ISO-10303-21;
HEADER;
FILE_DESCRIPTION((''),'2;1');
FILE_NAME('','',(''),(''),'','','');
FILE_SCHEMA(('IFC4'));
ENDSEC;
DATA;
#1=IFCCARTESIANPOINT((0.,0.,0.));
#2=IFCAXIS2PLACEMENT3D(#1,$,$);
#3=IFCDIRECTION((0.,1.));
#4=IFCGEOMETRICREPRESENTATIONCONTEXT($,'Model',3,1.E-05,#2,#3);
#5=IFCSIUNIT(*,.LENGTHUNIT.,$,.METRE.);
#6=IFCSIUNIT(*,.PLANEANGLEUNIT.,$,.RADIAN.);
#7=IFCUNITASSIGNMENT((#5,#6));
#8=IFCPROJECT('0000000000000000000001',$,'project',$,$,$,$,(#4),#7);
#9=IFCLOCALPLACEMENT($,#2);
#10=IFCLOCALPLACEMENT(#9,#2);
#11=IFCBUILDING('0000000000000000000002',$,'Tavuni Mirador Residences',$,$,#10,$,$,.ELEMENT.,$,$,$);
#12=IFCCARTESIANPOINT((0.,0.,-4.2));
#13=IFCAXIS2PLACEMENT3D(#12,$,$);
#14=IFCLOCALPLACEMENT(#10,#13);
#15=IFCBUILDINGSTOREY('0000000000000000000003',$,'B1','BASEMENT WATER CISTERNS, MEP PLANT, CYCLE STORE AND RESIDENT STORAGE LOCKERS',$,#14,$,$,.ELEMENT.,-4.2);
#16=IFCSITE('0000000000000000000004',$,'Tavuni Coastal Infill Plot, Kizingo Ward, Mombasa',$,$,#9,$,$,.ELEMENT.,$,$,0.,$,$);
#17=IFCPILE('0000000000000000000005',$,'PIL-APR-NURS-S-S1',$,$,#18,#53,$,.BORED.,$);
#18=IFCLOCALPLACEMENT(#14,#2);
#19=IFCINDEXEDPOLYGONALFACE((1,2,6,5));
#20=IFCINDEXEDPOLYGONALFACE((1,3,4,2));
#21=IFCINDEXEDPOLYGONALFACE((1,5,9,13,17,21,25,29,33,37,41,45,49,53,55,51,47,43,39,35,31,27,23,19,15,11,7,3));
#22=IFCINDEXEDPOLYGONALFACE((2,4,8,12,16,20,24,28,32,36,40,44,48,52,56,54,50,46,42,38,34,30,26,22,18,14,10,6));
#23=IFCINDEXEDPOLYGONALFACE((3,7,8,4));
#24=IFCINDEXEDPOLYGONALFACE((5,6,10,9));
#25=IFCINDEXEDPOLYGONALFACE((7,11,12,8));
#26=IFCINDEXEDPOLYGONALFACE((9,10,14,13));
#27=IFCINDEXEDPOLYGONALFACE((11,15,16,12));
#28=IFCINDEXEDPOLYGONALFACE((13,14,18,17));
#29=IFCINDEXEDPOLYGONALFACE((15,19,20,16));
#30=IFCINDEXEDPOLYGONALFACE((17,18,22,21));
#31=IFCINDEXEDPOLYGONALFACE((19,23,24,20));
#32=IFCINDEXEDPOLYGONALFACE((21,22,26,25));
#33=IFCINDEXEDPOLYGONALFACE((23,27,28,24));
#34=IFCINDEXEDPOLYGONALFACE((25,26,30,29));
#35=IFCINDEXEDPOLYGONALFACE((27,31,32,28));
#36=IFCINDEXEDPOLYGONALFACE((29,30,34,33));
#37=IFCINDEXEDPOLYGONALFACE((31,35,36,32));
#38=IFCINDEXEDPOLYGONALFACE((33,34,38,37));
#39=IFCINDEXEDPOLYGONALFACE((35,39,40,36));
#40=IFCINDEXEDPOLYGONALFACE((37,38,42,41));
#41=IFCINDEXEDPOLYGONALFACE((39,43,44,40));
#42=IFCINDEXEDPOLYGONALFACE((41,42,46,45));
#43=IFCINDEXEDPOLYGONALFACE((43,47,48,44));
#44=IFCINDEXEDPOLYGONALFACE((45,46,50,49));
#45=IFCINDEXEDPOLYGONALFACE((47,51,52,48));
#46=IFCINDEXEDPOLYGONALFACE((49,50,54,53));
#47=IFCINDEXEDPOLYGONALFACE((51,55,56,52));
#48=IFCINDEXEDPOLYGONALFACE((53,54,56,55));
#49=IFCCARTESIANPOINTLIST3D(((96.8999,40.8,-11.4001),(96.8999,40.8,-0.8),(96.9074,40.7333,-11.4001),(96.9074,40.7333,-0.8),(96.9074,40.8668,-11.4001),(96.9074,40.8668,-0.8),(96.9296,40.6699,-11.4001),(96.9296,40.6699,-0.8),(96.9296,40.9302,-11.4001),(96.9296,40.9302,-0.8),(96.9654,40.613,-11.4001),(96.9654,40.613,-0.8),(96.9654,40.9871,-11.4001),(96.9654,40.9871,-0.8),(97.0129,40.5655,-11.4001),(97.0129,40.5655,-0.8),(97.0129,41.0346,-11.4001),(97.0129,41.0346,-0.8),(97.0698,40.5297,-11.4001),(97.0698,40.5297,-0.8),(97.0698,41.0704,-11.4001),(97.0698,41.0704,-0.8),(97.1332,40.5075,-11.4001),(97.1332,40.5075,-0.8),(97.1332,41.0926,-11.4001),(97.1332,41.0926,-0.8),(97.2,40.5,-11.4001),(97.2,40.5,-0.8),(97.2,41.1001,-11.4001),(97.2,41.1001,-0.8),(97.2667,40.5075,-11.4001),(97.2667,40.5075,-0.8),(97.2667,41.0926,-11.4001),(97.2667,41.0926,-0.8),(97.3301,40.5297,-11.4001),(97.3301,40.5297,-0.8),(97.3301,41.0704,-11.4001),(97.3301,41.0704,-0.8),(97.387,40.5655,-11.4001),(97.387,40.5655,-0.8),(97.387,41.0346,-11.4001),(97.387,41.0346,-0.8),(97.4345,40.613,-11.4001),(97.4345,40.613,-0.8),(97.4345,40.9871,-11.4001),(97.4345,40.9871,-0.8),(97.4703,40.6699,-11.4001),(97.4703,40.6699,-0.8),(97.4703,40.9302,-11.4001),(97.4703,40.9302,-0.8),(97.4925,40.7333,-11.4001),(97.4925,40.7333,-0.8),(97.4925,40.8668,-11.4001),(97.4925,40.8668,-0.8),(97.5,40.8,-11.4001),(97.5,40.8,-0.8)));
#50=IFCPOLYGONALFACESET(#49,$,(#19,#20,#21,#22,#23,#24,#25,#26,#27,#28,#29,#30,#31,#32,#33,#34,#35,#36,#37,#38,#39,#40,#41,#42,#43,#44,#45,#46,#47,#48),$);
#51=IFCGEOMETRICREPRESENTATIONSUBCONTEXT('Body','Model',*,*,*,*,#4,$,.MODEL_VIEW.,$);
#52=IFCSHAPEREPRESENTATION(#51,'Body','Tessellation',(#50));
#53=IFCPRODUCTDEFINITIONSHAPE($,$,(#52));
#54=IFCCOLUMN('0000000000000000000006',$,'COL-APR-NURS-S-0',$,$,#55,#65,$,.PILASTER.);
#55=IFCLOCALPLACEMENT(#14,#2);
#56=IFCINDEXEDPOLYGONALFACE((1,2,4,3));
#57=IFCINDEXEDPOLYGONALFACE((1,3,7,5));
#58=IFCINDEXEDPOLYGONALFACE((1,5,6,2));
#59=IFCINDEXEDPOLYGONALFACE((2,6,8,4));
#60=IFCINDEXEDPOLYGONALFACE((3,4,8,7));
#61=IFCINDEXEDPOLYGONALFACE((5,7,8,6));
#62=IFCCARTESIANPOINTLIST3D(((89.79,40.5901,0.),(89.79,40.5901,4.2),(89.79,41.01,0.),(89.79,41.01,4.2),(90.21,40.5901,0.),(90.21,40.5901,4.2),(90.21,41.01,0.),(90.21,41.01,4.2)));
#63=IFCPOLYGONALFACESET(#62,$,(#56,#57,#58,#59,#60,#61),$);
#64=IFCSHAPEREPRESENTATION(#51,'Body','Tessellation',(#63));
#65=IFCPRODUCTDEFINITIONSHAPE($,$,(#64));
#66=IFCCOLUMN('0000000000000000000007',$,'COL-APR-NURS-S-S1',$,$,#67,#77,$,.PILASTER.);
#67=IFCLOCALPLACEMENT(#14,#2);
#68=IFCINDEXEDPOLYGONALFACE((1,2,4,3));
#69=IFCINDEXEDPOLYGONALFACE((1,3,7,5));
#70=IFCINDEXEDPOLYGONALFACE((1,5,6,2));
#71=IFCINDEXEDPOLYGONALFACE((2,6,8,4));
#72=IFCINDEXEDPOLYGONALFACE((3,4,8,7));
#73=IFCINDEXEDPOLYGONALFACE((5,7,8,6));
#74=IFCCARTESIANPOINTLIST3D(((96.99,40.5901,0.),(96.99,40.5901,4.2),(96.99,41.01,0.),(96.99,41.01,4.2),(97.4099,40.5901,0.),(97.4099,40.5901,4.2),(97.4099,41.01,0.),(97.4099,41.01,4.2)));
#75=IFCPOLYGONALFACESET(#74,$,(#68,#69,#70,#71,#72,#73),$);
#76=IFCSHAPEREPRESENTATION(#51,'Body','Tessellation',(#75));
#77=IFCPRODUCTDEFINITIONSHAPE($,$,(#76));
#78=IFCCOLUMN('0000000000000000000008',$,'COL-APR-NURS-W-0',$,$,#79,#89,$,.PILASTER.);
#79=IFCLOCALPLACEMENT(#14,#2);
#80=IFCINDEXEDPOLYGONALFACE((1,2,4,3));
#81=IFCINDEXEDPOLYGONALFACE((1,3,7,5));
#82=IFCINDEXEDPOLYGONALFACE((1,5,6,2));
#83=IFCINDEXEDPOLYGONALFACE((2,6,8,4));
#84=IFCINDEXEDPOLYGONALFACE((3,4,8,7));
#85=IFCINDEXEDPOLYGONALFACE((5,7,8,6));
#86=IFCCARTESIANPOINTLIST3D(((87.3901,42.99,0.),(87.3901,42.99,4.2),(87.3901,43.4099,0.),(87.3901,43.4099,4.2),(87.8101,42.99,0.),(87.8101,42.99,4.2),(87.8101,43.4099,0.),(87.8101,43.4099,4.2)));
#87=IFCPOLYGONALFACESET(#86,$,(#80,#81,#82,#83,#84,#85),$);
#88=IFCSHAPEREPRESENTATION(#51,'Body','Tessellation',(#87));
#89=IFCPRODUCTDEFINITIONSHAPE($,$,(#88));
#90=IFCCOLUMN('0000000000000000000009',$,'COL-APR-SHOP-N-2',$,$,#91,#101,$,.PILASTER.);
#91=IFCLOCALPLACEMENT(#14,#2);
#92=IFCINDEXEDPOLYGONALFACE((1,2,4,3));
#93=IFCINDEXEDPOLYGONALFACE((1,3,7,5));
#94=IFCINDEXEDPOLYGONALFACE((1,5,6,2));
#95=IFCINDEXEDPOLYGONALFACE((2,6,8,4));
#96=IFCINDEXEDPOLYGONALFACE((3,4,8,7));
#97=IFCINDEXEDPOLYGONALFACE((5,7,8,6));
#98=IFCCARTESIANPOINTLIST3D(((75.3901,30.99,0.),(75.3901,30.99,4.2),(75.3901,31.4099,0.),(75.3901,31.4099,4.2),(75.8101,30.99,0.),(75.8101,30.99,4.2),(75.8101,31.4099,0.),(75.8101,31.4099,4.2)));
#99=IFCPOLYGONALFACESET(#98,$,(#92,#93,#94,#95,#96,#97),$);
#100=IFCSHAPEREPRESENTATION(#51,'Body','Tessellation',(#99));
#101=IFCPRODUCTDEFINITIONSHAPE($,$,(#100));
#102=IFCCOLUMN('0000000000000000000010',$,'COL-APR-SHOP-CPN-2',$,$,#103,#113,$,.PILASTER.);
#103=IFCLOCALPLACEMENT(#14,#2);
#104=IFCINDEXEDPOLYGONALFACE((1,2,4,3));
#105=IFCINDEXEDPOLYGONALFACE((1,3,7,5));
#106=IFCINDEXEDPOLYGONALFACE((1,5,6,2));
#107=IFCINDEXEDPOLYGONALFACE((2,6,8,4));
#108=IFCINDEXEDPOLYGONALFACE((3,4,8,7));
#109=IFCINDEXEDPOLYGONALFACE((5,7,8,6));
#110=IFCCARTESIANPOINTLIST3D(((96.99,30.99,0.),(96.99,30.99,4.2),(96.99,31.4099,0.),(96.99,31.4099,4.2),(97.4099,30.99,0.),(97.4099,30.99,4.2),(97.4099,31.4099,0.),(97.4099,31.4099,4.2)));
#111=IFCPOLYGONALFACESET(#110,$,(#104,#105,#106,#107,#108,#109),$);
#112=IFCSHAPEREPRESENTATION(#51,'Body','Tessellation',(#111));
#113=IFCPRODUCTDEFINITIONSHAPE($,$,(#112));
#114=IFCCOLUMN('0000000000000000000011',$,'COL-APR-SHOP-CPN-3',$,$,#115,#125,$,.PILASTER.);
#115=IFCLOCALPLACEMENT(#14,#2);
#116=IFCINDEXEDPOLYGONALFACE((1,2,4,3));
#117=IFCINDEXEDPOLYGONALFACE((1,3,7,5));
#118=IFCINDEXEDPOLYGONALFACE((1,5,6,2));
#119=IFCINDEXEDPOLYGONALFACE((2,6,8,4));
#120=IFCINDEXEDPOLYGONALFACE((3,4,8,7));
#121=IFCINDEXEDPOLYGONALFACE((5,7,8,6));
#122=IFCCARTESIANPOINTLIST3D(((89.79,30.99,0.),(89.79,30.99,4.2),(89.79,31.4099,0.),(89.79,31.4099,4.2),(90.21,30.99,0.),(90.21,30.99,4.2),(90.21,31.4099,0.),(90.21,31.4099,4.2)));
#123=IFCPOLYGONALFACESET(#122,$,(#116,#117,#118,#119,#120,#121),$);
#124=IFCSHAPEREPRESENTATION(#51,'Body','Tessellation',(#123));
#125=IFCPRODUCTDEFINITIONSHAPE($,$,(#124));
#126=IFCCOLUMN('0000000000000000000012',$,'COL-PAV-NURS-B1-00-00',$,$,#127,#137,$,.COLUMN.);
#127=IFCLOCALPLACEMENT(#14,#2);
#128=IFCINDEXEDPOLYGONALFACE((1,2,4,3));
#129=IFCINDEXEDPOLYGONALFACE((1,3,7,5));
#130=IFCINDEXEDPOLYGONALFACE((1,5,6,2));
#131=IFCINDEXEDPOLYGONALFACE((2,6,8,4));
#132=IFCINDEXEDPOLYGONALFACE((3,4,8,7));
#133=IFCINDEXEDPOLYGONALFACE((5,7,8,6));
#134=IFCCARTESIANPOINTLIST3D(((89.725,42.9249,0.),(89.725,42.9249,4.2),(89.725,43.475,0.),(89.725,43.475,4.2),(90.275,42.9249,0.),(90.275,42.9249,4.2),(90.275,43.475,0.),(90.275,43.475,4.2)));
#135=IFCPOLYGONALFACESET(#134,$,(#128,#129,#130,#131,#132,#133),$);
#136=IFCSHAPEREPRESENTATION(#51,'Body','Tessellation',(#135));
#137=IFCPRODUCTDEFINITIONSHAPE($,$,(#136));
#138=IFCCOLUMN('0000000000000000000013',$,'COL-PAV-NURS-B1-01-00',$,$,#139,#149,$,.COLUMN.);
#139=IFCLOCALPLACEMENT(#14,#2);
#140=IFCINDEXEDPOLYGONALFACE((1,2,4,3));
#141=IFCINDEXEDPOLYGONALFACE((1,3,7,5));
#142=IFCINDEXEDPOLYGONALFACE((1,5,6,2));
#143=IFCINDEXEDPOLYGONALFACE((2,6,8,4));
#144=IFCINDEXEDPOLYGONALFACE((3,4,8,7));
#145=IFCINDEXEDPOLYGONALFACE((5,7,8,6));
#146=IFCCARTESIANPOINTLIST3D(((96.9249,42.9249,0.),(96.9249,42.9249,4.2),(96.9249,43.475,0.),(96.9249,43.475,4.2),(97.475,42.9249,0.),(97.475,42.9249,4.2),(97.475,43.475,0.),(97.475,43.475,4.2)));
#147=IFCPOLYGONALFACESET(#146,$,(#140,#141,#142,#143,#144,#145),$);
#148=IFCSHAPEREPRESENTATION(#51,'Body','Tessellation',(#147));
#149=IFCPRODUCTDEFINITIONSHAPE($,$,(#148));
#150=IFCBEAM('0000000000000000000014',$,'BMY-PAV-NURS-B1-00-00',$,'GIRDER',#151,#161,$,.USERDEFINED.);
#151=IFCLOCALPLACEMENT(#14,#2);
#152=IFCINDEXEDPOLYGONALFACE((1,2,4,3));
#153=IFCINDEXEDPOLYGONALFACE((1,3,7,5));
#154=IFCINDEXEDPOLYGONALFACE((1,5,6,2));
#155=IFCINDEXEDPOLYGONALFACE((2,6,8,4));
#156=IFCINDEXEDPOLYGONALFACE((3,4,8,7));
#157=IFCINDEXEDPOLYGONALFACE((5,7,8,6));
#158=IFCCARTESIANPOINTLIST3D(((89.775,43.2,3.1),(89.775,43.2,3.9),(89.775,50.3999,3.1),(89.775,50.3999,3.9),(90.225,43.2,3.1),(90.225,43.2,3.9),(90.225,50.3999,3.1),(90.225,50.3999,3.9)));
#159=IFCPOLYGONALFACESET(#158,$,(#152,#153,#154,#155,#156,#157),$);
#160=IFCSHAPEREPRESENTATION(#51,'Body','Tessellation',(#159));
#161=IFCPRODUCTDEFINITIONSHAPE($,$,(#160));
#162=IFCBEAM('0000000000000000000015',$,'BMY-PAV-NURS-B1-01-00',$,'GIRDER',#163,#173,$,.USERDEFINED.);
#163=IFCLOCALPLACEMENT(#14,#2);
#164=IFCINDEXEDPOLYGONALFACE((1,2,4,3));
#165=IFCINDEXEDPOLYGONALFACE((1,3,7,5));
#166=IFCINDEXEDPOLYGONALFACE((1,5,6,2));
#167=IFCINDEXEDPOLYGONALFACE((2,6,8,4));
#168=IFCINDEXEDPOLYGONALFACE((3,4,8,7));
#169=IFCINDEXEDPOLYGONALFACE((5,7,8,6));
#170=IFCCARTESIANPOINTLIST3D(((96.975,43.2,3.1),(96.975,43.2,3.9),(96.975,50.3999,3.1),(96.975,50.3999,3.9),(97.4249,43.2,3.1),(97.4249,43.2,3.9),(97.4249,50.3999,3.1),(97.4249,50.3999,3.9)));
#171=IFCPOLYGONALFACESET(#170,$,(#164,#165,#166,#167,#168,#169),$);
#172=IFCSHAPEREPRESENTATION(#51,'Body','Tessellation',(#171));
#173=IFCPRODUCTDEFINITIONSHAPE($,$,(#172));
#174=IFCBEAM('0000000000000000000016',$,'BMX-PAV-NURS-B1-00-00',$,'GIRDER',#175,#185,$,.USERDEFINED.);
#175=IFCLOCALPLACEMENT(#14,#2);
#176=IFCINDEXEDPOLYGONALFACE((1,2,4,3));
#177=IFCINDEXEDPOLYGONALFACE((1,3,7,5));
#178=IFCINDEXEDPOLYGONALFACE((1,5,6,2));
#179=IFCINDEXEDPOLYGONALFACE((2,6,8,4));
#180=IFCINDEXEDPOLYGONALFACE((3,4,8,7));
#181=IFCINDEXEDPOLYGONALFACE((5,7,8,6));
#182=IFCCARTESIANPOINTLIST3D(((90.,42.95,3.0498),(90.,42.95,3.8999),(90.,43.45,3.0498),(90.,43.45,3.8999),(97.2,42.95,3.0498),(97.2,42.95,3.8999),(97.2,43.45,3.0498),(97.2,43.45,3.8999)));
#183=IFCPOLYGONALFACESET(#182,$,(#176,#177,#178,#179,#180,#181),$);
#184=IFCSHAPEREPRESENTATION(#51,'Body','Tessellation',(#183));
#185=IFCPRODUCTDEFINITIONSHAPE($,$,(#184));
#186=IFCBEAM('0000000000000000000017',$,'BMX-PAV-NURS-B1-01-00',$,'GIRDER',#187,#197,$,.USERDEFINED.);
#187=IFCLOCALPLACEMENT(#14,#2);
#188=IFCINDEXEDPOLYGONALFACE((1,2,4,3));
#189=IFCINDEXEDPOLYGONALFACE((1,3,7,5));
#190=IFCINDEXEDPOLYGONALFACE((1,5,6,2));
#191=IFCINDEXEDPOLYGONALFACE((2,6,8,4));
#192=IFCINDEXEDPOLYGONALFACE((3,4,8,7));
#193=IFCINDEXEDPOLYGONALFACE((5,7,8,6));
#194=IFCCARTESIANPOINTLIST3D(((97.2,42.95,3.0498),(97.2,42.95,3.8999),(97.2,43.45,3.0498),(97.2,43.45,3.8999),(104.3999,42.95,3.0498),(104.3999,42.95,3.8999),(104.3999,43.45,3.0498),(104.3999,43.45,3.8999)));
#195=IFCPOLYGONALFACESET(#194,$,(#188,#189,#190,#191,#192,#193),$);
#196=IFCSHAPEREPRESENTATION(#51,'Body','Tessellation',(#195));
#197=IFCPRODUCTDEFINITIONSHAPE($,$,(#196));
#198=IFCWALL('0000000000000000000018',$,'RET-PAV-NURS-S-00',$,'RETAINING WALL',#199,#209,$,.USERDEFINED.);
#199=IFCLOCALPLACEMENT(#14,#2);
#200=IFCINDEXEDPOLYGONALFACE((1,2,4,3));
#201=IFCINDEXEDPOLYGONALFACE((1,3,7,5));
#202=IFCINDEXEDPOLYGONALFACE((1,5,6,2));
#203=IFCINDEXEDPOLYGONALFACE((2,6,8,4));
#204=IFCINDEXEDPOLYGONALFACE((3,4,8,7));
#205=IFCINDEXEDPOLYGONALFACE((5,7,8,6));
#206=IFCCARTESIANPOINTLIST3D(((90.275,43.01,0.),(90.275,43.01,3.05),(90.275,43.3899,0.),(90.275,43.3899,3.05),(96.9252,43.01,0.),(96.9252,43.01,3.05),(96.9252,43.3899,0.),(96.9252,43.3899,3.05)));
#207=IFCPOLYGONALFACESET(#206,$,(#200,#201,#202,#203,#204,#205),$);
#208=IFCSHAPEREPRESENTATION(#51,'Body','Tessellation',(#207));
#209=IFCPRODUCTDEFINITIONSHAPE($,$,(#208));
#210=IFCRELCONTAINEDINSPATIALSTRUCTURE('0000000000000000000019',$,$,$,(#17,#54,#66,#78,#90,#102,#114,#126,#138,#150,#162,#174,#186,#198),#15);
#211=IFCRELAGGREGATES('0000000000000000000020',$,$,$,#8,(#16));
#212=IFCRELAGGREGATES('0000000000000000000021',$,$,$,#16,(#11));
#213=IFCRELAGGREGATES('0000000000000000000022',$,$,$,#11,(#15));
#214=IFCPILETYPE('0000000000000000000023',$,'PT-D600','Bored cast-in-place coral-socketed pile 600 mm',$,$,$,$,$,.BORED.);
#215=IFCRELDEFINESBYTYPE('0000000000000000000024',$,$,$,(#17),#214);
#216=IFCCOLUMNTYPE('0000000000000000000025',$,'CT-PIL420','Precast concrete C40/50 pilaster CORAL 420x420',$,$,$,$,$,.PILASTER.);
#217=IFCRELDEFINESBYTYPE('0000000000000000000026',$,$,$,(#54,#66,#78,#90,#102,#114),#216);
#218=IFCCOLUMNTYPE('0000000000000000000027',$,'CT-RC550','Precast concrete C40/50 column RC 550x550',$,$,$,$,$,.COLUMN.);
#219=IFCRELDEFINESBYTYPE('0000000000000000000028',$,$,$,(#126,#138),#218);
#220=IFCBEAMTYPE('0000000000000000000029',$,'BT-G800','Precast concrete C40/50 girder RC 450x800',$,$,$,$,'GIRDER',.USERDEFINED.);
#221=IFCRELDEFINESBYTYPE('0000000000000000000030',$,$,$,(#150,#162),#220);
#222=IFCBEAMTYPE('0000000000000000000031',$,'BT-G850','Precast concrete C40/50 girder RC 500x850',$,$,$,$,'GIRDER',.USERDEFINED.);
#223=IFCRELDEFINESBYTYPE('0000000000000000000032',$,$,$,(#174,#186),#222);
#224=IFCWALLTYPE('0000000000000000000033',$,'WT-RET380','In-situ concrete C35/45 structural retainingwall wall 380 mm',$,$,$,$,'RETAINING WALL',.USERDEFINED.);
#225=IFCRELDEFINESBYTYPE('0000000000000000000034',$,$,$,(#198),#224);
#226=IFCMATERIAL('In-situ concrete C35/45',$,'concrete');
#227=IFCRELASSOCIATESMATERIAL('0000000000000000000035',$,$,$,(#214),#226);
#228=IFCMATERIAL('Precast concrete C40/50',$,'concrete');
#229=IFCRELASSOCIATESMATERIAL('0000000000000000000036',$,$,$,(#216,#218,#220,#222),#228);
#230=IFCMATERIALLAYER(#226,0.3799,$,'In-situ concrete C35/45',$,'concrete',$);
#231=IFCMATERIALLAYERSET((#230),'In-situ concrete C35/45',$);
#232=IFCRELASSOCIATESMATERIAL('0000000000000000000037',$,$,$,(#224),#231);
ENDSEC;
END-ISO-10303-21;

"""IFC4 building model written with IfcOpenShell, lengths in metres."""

from ifc_helpers import new_model, si_unit, direction, frame, frame_2d, origin, origin_2d, place, context, subcontext, project, spatial, rectangle, circle, extrude, material, layer, layer_set, material_profile, profile_set, type_object, element, save


model = new_model("IFC4")

# Units and contexts
model_context = context("Model", 3, precision=1e-05, world=origin(), true_north=direction((0.0, 1.0)))
body_context = subcontext(model_context, "Body", "Model", "MODEL_VIEW")
ifc_project = project(units=[si_unit("LENGTHUNIT", "METRE"), si_unit("PLANEANGLEUNIT", "RADIAN")], contexts=[model_context])

# Site, building, storey
site_placement = place(None, origin())
site = spatial("IfcSite", under=ifc_project, at=site_placement, Name="Tavuni Coastal Infill Plot, Kizingo Ward, Mombasa", CompositionType="ELEMENT", RefElevation=0.0)
building_placement = place(site_placement, origin())
building = spatial("IfcBuilding", under=site, at=building_placement, Name="Tavuni Mirador Residences", CompositionType="ELEMENT")
storey_placement = place(building_placement, frame((0.0, 0.0, -4.2)))
storey = spatial("IfcBuildingStorey", under=building, at=storey_placement, Name="B1", Description="BASEMENT WATER CISTERNS, MEP PLANT, CYCLE STORE AND RESIDENT STORAGE LOCKERS", CompositionType="ELEMENT", Elevation=-4.2)

# Shared definitions
ifc_material_1 = material(Name="In-situ concrete C35/45", Category="concrete")

# Pile
ifc_material_profile_1 = material_profile(ifc_material_1, circle(Radius=0.3, at=origin_2d()), Name="PILE D600", Category="concrete")
ifc_profile_set_1 = profile_set([ifc_material_profile_1], Name="In-situ concrete C35/45")
pile_type_1 = type_object("IfcPileType", Name="PT-D600", Description="Bored cast-in-place coral-socketed pile 600 mm", PredefinedType="BORED", material=ifc_profile_set_1)
pile_1_placement = place(storey_placement, frame((97.2, 40.8, -0.8), z_axis=(0.0, 0.0, -1.0), x_axis=(1.0, 0.0, 0.0)))
element("IfcPile", 1, at=pile_1_placement, inside=storey, type_object=pile_type_1, Name="PIL-APR-NURS-S-S1", PredefinedType="BORED", context=body_context, shape_type="SweptSolid", body=[
    extrude(circle(Radius=0.3, at=origin_2d()), origin(), (0.0, 0.0, 1.0), 10.6001),
])

# Columns
ifc_material_2 = material(Name="Precast concrete C40/50", Category="concrete")
ifc_material_profile_2 = material_profile(ifc_material_2, rectangle(XDim=0.4199, YDim=0.4199, at=origin_2d()), Name="CORAL 420x420", Category="concrete")
ifc_profile_set_2 = profile_set([ifc_material_profile_2], Name="Precast concrete C40/50")
column_type_1 = type_object("IfcColumnType", Name="CT-PIL420", Description="Precast concrete C40/50 pilaster CORAL 420x420", PredefinedType="PILASTER", material=ifc_profile_set_2)
for number, where, z_axis, x_axis, name in (
    (2, (90.0, 40.8, 0.0), (0.0, 0.0, 1.0), (1.0, 0.0, 0.0), "COL-APR-NURS-S-0"),
    (3, (97.2, 40.8, 0.0), (0.0, 0.0, 1.0), (1.0, 0.0, 0.0), "COL-APR-NURS-S-S1"),
    (4, (87.6001, 43.2, 0.0), (0.0, 0.0, 1.0), (1.0, 0.0, 0.0), "COL-APR-NURS-W-0"),
    (5, (75.6001, 31.2, 0.0), (0.0, 0.0, 1.0), (1.0, 0.0, 0.0), "COL-APR-SHOP-N-2"),
    (6, (97.2, 31.2, 0.0), (0.0, 0.0, 1.0), (1.0, 0.0, 0.0), "COL-APR-SHOP-CPN-2"),
    (7, (90.0, 31.2, 0.0), (0.0, 0.0, 1.0), (1.0, 0.0, 0.0), "COL-APR-SHOP-CPN-3"),
):
    element("IfcColumn", number, at=place(storey_placement, frame(where, z_axis=z_axis, x_axis=x_axis)), inside=storey, type_object=column_type_1, Name=name, PredefinedType="PILASTER", context=body_context, shape_type="SweptSolid", body=[
        extrude(rectangle(XDim=0.4199, YDim=0.4199, at=origin_2d()), origin(), (0.0, 0.0, 1.0), 4.2),
    ])
ifc_material_profile_3 = material_profile(ifc_material_2, rectangle(XDim=0.55, YDim=0.55, at=origin_2d()), Name="RC 550x550", Category="concrete")
ifc_profile_set_3 = profile_set([ifc_material_profile_3], Name="Precast concrete C40/50")
column_type_2 = type_object("IfcColumnType", Name="CT-RC550", Description="Precast concrete C40/50 column RC 550x550", PredefinedType="COLUMN", material=ifc_profile_set_3)
for number, where, z_axis, x_axis, name in (
    (8, (90.0, 43.2, 0.0), (0.0, 0.0, 1.0), (1.0, 0.0, 0.0), "COL-PAV-NURS-B1-00-00"),
    (9, (97.2, 43.2, 0.0), (0.0, 0.0, 1.0), (1.0, 0.0, 0.0), "COL-PAV-NURS-B1-01-00"),
):
    element("IfcColumn", number, at=place(storey_placement, frame(where, z_axis=z_axis, x_axis=x_axis)), inside=storey, type_object=column_type_2, Name=name, PredefinedType="COLUMN", context=body_context, shape_type="SweptSolid", body=[
        extrude(rectangle(XDim=0.55, YDim=0.55, at=origin_2d()), origin(), (0.0, 0.0, 1.0), 4.2),
    ])

# Beams
ifc_material_profile_4 = material_profile(ifc_material_2, rectangle(XDim=0.45, YDim=0.8, at=origin_2d()), Name="RC 450x800", Category="concrete")
ifc_profile_set_4 = profile_set([ifc_material_profile_4], Name="Precast concrete C40/50")
beam_type_1 = type_object("IfcBeamType", Name="BT-G800", Description="Precast concrete C40/50 girder RC 450x800", ElementType="GIRDER", PredefinedType="USERDEFINED", material=ifc_profile_set_4)
for number, where, z_axis, x_axis, name in (
    (10, (90.0, 43.2, 3.5), (0.0, 1.0, 0.0), (-1.0, 0.0, 0.0), "BMY-PAV-NURS-B1-00-00"),
    (11, (97.2, 43.2, 3.5), (0.0, 1.0, 0.0), (-1.0, 0.0, 0.0), "BMY-PAV-NURS-B1-01-00"),
):
    element("IfcBeam", number, at=place(storey_placement, frame(where, z_axis=z_axis, x_axis=x_axis)), inside=storey, type_object=beam_type_1, Name=name, ObjectType="GIRDER", PredefinedType="USERDEFINED", context=body_context, shape_type="SweptSolid", body=[
        extrude(rectangle(XDim=0.45, YDim=0.8, at=origin_2d()), origin(), (0.0, 0.0, 1.0), 7.2),
    ])
ifc_material_profile_5 = material_profile(ifc_material_2, rectangle(XDim=0.5, YDim=0.8501, at=origin_2d()), Name="RC 500x850", Category="concrete")
ifc_profile_set_5 = profile_set([ifc_material_profile_5], Name="Precast concrete C40/50")
beam_type_2 = type_object("IfcBeamType", Name="BT-G850", Description="Precast concrete C40/50 girder RC 500x850", ElementType="GIRDER", PredefinedType="USERDEFINED", material=ifc_profile_set_5)
for number, where, z_axis, x_axis, name in (
    (12, (90.0, 43.2, 3.4749), (1.0, 0.0, 0.0), (0.0, 1.0, 0.0), "BMX-PAV-NURS-B1-00-00"),
    (13, (97.2, 43.2, 3.4749), (1.0, 0.0, 0.0), (0.0, 1.0, 0.0), "BMX-PAV-NURS-B1-01-00"),
):
    element("IfcBeam", number, at=place(storey_placement, frame(where, z_axis=z_axis, x_axis=x_axis)), inside=storey, type_object=beam_type_2, Name=name, ObjectType="GIRDER", PredefinedType="USERDEFINED", context=body_context, shape_type="SweptSolid", body=[
        extrude(rectangle(XDim=0.5, YDim=0.8501, at=origin_2d()), origin(), (0.0, 0.0, 1.0), 7.2),
    ])

# Wall
ifc_layer_1 = layer(ifc_material_1, 0.3799, Name="In-situ concrete C35/45", Category="concrete")
ifc_layer_set_1 = layer_set([ifc_layer_1], Name="In-situ concrete C35/45")
wall_type_1 = type_object("IfcWallType", Name="WT-RET380", Description="In-situ concrete C35/45 structural retainingwall wall 380 mm", ElementType="RETAINING WALL", PredefinedType="USERDEFINED", material=ifc_layer_set_1)
wall_1_placement = place(storey_placement, frame((90.2749, 43.2, 0.0), z_axis=(0.0, 0.0, 1.0), x_axis=(1.0, 0.0, 0.0)))
element("IfcWall", 14, at=wall_1_placement, inside=storey, type_object=wall_type_1, Name="RET-PAV-NURS-S-00", ObjectType="RETAINING WALL", PredefinedType="USERDEFINED", context=body_context, shape_type="SweptSolid", body=[
    extrude(rectangle(XDim=6.6501, YDim=0.3799, at=frame_2d((3.3252, 0.0))), origin(), (0.0, 0.0, 1.0), 3.05),
])

save(model, "model.ifc")
